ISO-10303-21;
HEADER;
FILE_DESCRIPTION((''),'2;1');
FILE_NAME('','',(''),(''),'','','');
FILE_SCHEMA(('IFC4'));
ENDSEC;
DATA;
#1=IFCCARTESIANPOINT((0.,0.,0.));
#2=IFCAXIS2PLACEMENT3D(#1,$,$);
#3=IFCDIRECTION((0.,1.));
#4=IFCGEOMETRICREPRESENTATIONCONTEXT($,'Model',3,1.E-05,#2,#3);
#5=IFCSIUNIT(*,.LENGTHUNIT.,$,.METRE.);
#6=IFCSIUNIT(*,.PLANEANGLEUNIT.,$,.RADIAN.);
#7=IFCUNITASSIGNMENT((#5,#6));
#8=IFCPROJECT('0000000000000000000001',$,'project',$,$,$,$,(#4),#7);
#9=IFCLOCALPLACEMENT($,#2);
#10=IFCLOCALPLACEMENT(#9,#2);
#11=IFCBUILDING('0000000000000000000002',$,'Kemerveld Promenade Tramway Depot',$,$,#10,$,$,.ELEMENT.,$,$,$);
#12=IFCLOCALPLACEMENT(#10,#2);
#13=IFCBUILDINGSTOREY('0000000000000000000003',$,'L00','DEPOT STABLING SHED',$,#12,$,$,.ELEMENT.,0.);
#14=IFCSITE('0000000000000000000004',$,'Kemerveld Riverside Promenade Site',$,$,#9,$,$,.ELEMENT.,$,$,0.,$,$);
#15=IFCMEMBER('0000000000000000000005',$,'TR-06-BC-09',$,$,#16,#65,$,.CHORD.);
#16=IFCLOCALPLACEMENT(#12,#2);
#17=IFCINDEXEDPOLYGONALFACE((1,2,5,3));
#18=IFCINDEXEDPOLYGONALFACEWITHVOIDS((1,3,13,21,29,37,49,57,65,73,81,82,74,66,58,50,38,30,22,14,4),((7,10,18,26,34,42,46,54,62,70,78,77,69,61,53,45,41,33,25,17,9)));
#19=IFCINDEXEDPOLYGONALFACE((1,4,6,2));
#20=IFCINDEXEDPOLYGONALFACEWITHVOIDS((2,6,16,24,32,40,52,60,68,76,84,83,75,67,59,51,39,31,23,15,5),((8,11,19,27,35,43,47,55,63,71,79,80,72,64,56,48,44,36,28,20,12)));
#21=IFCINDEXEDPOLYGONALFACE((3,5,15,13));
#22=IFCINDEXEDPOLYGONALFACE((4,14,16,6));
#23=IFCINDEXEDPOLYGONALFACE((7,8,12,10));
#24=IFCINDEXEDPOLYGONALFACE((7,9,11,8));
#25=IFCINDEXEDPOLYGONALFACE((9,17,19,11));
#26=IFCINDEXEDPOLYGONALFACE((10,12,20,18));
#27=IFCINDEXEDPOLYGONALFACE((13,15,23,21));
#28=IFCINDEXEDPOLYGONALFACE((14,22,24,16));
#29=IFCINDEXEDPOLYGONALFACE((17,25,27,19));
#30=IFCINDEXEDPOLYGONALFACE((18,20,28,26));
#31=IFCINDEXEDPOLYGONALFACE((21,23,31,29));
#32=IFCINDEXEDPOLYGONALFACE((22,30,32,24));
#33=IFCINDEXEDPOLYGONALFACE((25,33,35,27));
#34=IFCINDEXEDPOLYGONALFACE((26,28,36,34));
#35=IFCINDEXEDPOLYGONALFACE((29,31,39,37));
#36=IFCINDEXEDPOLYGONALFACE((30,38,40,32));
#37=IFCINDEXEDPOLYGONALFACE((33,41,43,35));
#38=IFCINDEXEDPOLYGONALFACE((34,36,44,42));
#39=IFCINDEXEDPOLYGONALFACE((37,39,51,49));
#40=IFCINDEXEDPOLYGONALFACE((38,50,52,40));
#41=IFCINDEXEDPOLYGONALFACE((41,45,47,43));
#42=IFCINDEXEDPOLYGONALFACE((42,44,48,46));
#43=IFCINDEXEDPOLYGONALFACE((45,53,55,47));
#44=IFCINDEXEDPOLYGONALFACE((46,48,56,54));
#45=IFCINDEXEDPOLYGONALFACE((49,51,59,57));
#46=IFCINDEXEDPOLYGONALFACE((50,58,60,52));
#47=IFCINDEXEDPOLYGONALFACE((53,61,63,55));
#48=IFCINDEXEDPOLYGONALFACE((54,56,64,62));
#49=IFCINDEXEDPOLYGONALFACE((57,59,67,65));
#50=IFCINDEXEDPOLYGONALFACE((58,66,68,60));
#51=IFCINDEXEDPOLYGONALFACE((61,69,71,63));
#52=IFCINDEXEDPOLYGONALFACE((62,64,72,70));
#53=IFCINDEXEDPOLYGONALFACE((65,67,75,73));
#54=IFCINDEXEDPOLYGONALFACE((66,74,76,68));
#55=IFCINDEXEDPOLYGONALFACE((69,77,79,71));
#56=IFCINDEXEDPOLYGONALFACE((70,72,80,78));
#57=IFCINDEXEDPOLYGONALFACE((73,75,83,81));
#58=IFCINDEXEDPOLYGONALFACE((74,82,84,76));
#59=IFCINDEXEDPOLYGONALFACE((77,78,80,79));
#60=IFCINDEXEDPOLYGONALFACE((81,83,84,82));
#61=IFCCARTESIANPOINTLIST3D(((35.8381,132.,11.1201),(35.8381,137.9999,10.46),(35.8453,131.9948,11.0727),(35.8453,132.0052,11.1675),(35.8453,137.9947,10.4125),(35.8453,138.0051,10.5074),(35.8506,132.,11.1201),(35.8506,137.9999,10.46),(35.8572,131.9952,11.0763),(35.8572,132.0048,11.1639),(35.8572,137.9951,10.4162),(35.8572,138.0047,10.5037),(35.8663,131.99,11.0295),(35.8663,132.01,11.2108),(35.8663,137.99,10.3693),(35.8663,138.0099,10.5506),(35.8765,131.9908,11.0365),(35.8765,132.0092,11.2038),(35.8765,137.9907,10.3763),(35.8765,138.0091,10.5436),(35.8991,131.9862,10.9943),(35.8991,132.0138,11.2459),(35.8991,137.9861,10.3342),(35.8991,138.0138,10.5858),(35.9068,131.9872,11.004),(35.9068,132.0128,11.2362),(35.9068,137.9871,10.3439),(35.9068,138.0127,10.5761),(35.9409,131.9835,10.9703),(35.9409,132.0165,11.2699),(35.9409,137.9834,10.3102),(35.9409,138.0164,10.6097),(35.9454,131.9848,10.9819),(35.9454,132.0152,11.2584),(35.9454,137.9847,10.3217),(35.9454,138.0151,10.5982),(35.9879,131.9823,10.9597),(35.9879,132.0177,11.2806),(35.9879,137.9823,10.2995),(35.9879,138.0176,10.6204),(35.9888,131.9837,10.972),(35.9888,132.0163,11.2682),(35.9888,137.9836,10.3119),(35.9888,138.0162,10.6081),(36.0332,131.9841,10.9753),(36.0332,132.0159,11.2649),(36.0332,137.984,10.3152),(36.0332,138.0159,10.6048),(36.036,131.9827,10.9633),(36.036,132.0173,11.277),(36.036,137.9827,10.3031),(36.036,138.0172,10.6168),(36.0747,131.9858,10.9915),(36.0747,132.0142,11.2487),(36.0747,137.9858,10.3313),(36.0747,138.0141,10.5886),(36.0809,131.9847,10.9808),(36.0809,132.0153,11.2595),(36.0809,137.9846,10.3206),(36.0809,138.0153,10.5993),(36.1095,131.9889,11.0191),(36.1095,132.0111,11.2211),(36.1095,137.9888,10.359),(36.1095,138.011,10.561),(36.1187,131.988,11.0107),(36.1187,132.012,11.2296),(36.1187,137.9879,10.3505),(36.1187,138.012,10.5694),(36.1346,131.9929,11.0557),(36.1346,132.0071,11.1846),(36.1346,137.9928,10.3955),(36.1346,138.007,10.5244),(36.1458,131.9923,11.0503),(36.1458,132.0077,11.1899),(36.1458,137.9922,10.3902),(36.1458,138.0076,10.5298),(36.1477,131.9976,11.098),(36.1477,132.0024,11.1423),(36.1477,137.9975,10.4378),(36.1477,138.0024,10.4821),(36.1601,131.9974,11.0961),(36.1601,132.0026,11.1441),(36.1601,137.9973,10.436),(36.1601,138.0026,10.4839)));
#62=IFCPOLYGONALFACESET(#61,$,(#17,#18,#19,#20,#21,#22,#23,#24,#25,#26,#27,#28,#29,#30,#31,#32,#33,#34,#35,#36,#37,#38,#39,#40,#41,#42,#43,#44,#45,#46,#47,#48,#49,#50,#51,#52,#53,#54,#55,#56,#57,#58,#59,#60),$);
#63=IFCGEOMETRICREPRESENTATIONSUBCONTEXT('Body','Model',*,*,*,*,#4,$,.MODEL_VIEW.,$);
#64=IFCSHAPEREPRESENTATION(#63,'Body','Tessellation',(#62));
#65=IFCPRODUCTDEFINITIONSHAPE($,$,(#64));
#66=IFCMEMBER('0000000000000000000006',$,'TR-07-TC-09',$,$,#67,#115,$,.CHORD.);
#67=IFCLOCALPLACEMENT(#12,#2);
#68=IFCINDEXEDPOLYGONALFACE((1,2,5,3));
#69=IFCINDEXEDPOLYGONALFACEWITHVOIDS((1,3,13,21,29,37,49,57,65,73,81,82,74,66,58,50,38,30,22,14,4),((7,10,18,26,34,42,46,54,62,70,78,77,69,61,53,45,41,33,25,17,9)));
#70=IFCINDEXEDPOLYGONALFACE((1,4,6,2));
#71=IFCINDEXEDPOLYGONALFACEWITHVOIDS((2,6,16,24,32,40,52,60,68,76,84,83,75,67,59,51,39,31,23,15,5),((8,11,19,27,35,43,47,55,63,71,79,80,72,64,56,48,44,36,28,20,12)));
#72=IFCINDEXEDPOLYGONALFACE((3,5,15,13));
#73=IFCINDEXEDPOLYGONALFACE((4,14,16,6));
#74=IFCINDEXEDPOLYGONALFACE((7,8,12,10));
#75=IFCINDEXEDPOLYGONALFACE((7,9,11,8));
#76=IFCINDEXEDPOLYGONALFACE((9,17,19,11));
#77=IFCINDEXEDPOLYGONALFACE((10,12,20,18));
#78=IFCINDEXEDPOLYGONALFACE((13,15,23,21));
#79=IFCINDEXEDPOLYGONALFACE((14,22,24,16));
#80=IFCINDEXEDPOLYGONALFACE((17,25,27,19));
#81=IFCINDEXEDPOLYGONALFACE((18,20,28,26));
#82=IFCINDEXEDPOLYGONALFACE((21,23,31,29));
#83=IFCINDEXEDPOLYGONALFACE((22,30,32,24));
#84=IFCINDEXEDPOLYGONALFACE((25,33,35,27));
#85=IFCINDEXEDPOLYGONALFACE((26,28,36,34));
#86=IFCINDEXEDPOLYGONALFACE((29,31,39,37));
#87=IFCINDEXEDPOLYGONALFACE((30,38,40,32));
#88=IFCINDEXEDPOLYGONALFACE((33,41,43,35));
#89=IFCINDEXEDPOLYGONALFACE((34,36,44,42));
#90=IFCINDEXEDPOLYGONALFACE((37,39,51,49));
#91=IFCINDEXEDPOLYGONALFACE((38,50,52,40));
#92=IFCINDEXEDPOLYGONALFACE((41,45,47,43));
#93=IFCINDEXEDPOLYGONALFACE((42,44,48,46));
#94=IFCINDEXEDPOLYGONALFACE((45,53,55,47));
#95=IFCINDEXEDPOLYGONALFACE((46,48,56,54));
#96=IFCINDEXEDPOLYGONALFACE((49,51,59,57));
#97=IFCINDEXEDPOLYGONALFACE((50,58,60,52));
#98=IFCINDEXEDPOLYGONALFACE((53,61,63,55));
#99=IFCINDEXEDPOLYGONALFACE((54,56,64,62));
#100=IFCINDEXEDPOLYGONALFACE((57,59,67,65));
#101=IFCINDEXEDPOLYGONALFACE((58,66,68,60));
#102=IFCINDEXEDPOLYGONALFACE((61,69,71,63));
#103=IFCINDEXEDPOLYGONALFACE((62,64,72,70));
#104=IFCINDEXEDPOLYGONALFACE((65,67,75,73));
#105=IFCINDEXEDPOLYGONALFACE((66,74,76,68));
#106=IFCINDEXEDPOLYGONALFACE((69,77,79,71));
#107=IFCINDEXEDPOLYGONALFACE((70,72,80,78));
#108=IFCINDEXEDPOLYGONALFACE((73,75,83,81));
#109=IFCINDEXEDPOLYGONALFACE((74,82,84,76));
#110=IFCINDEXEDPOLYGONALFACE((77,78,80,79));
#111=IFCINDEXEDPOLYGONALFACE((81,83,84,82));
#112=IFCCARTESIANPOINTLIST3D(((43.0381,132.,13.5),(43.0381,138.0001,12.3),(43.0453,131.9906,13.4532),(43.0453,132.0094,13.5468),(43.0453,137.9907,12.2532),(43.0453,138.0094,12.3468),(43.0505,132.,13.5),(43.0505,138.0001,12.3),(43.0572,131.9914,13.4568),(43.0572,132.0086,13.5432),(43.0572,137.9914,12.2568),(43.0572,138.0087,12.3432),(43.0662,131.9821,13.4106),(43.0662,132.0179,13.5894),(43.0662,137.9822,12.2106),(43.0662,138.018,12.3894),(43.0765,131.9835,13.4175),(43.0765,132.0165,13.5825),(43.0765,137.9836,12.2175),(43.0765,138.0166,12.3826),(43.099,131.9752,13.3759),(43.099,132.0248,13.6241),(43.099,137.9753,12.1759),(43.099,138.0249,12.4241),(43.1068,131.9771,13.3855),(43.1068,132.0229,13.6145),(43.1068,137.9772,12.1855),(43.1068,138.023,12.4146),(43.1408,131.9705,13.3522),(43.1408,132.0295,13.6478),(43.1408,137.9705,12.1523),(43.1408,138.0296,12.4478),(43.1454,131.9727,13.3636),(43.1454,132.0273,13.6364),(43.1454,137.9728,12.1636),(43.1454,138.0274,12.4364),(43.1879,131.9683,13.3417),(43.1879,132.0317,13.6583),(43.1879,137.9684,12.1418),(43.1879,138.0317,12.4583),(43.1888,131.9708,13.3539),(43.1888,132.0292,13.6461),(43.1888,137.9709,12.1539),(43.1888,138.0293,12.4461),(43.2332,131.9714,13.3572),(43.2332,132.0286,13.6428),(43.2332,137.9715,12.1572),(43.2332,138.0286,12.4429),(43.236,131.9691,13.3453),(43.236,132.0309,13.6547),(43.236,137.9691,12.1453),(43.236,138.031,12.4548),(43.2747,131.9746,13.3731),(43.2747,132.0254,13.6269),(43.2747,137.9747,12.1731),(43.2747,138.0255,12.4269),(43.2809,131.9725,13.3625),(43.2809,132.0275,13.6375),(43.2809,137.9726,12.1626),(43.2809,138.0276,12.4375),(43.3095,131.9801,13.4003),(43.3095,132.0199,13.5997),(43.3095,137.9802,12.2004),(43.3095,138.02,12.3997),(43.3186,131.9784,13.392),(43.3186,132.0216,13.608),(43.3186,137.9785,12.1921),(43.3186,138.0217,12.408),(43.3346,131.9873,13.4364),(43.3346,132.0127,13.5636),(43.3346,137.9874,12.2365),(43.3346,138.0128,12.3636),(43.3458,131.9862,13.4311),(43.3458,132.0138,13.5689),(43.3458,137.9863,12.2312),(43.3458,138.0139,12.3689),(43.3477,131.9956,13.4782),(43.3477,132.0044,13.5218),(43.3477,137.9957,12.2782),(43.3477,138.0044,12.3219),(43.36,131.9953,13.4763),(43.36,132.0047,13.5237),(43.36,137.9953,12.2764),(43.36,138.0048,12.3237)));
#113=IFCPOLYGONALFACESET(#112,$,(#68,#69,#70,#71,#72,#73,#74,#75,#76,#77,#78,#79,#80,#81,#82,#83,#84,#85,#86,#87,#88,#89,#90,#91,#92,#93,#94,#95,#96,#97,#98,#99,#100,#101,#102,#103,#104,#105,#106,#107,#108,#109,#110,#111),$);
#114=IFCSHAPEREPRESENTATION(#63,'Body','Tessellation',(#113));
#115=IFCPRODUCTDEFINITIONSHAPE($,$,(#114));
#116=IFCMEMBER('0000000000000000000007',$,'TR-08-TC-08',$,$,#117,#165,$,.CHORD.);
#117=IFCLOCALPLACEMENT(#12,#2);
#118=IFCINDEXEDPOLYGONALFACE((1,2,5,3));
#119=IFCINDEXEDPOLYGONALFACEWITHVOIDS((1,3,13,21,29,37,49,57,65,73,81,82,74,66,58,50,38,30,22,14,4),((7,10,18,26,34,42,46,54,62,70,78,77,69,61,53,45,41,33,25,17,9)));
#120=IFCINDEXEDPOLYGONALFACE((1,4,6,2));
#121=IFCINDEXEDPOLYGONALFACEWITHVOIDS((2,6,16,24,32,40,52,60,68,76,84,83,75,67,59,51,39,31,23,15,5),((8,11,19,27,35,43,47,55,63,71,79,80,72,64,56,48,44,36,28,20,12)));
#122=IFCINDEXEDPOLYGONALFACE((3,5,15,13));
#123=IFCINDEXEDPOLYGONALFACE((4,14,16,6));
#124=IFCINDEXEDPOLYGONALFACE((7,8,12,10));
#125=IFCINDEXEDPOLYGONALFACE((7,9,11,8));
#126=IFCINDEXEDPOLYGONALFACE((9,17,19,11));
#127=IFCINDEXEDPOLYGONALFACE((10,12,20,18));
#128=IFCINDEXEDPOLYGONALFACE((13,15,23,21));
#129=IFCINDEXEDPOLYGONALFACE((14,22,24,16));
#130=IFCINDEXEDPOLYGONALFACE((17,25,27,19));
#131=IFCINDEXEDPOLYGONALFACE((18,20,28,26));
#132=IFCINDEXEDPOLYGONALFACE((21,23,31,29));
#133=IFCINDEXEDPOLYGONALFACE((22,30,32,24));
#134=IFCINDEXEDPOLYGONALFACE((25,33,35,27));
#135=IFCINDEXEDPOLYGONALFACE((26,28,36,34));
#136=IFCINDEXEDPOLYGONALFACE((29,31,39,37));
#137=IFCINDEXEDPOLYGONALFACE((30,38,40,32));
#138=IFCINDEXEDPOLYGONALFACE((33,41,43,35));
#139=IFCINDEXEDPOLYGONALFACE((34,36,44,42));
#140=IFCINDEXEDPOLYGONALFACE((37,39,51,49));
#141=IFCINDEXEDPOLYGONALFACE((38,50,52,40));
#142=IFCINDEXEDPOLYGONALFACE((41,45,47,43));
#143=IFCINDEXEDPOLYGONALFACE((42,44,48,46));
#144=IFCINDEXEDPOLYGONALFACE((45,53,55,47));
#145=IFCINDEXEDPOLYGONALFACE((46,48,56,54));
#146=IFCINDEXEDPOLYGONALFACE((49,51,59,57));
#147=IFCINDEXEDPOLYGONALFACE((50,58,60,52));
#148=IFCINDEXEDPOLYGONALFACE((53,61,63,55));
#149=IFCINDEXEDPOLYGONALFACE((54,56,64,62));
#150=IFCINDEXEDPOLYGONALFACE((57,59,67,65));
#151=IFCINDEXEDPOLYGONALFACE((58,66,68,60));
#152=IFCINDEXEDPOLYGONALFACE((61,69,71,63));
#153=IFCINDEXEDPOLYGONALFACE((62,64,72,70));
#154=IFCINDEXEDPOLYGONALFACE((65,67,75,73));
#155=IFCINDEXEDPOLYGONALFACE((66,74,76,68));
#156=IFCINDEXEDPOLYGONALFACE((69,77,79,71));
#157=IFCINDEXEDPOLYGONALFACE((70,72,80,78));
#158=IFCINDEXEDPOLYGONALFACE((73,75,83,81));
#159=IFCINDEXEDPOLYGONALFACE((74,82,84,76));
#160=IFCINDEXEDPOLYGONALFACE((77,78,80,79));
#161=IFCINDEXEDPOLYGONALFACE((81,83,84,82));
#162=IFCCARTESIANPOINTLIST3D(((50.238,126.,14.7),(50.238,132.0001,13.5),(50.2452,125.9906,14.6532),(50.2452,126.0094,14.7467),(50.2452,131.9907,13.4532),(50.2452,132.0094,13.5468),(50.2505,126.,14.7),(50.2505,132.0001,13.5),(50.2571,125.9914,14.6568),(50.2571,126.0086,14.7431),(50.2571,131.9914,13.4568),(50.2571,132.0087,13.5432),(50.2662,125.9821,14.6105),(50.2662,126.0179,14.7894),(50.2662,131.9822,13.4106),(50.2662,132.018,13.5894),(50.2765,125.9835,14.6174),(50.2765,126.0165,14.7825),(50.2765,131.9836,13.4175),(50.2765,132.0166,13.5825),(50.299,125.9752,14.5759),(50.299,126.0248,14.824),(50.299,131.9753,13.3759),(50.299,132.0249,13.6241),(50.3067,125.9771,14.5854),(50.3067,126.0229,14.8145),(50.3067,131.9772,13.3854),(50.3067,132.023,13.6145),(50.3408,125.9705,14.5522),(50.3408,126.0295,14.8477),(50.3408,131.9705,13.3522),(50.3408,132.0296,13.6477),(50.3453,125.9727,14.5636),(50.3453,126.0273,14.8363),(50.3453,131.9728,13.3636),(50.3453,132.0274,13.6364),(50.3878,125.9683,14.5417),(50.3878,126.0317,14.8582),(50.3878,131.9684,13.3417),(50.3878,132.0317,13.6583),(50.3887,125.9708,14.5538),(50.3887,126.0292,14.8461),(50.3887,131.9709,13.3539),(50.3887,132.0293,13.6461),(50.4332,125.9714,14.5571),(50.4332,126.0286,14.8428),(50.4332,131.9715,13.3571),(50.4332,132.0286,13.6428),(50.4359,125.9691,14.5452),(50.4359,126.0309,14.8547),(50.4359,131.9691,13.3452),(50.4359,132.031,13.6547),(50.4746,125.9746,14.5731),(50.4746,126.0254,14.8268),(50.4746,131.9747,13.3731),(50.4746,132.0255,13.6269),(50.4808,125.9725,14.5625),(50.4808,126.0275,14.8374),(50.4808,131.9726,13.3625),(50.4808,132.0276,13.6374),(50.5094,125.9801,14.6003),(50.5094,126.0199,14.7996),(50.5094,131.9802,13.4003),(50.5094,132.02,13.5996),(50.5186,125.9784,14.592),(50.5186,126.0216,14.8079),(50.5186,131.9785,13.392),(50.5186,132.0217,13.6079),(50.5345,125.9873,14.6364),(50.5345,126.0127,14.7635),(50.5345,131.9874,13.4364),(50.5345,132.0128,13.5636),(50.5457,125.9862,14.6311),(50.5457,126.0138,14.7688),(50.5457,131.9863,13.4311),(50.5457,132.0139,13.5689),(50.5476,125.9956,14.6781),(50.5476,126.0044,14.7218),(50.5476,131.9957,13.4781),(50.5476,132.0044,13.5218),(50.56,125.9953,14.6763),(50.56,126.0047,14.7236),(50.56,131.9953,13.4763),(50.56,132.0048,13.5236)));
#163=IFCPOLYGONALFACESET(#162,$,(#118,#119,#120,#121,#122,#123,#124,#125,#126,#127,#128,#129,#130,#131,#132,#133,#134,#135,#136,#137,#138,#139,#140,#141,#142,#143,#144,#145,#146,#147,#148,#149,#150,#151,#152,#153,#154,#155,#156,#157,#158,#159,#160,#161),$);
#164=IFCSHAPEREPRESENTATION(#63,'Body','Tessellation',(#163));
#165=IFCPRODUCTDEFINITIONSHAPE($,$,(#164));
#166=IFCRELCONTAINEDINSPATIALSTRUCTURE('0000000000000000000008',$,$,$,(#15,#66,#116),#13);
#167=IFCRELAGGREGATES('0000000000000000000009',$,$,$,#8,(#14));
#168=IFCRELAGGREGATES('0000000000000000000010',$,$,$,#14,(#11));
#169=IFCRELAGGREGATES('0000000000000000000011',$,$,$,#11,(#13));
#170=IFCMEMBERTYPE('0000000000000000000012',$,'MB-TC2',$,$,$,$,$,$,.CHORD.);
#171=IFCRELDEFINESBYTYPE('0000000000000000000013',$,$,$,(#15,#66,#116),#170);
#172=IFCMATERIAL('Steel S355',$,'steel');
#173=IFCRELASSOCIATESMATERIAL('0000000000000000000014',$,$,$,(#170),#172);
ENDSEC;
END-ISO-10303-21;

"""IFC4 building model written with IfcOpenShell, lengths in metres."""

from ifc_helpers import new_model, si_unit, direction, frame, origin, origin_2d, place, context, subcontext, project, spatial, hollow_circle, extrude, material, material_profile, profile_set, type_object, element, save


model = new_model("IFC4")

# Units and contexts
model_context = context("Model", 3, precision=1e-05, world=origin(), true_north=direction((0.0, 1.0)))
body_context = subcontext(model_context, "Body", "Model", "MODEL_VIEW")
ifc_project = project(units=[si_unit("LENGTHUNIT", "METRE"), si_unit("PLANEANGLEUNIT", "RADIAN")], contexts=[model_context])

# Site, building, storey
site_placement = place(None, origin())
site = spatial("IfcSite", under=ifc_project, at=site_placement, Name="Kemerveld Riverside Promenade Site", CompositionType="ELEMENT", RefElevation=0.0)
building_placement = place(site_placement, origin())
building = spatial("IfcBuilding", under=site, at=building_placement, Name="Kemerveld Promenade Tramway Depot", CompositionType="ELEMENT")
storey_placement = place(building_placement, origin())
storey = spatial("IfcBuildingStorey", under=building, at=storey_placement, Name="L00", Description="DEPOT STABLING SHED", CompositionType="ELEMENT", Elevation=0.0)

# Shared definitions
ifc_material_1 = material(Name="Steel S355", Category="steel")

# Members
ifc_material_profile_1 = material_profile(ifc_material_1, hollow_circle(Radius=0.1619, WallThickness=0.0125, at=origin_2d()), Name="323.9x12.5 CHS")
ifc_profile_set_1 = profile_set([ifc_material_profile_1], Name="Steel S355")
member_type_1 = type_object("IfcMemberType", Name="MB-TC2", PredefinedType="CHORD", material=ifc_profile_set_1)
member_1_placement = place(storey_placement, frame((36.0, 132.0, 11.1201), z_axis=(0.0, 0.994002, -0.109366), x_axis=(-1.0, 0.0, 0.0)))
element("IfcMember", 1, at=member_1_placement, inside=storey, type_object=member_type_1, Name="TR-06-BC-09", PredefinedType="CHORD", context=body_context, shape_type="SweptSolid", body=[
    extrude(hollow_circle(Radius=0.1619, WallThickness=0.0125, at=origin_2d()), origin(), (0.0, 0.0, 1.0), 6.0361),
])
for number, where, z_axis, x_axis, name in (
    (2, (43.2, 132.0, 13.5), (0.0, 0.980582, -0.196108), (-1.0, 0.0, 0.0), "TR-07-TC-09"),
    (3, (50.3999, 126.0, 14.7), (0.0, 0.980582, -0.196108), (-1.0, 0.0, 0.0), "TR-08-TC-08"),
):
    element("IfcMember", number, at=place(storey_placement, frame(where, z_axis=z_axis, x_axis=x_axis)), inside=storey, type_object=member_type_1, Name=name, PredefinedType="CHORD", context=body_context, shape_type="SweptSolid", body=[
        extrude(hollow_circle(Radius=0.1619, WallThickness=0.0125, at=origin_2d()), origin(), (0.0, 0.0, 1.0), 6.1189),
    ])

save(model, "model.ifc")
